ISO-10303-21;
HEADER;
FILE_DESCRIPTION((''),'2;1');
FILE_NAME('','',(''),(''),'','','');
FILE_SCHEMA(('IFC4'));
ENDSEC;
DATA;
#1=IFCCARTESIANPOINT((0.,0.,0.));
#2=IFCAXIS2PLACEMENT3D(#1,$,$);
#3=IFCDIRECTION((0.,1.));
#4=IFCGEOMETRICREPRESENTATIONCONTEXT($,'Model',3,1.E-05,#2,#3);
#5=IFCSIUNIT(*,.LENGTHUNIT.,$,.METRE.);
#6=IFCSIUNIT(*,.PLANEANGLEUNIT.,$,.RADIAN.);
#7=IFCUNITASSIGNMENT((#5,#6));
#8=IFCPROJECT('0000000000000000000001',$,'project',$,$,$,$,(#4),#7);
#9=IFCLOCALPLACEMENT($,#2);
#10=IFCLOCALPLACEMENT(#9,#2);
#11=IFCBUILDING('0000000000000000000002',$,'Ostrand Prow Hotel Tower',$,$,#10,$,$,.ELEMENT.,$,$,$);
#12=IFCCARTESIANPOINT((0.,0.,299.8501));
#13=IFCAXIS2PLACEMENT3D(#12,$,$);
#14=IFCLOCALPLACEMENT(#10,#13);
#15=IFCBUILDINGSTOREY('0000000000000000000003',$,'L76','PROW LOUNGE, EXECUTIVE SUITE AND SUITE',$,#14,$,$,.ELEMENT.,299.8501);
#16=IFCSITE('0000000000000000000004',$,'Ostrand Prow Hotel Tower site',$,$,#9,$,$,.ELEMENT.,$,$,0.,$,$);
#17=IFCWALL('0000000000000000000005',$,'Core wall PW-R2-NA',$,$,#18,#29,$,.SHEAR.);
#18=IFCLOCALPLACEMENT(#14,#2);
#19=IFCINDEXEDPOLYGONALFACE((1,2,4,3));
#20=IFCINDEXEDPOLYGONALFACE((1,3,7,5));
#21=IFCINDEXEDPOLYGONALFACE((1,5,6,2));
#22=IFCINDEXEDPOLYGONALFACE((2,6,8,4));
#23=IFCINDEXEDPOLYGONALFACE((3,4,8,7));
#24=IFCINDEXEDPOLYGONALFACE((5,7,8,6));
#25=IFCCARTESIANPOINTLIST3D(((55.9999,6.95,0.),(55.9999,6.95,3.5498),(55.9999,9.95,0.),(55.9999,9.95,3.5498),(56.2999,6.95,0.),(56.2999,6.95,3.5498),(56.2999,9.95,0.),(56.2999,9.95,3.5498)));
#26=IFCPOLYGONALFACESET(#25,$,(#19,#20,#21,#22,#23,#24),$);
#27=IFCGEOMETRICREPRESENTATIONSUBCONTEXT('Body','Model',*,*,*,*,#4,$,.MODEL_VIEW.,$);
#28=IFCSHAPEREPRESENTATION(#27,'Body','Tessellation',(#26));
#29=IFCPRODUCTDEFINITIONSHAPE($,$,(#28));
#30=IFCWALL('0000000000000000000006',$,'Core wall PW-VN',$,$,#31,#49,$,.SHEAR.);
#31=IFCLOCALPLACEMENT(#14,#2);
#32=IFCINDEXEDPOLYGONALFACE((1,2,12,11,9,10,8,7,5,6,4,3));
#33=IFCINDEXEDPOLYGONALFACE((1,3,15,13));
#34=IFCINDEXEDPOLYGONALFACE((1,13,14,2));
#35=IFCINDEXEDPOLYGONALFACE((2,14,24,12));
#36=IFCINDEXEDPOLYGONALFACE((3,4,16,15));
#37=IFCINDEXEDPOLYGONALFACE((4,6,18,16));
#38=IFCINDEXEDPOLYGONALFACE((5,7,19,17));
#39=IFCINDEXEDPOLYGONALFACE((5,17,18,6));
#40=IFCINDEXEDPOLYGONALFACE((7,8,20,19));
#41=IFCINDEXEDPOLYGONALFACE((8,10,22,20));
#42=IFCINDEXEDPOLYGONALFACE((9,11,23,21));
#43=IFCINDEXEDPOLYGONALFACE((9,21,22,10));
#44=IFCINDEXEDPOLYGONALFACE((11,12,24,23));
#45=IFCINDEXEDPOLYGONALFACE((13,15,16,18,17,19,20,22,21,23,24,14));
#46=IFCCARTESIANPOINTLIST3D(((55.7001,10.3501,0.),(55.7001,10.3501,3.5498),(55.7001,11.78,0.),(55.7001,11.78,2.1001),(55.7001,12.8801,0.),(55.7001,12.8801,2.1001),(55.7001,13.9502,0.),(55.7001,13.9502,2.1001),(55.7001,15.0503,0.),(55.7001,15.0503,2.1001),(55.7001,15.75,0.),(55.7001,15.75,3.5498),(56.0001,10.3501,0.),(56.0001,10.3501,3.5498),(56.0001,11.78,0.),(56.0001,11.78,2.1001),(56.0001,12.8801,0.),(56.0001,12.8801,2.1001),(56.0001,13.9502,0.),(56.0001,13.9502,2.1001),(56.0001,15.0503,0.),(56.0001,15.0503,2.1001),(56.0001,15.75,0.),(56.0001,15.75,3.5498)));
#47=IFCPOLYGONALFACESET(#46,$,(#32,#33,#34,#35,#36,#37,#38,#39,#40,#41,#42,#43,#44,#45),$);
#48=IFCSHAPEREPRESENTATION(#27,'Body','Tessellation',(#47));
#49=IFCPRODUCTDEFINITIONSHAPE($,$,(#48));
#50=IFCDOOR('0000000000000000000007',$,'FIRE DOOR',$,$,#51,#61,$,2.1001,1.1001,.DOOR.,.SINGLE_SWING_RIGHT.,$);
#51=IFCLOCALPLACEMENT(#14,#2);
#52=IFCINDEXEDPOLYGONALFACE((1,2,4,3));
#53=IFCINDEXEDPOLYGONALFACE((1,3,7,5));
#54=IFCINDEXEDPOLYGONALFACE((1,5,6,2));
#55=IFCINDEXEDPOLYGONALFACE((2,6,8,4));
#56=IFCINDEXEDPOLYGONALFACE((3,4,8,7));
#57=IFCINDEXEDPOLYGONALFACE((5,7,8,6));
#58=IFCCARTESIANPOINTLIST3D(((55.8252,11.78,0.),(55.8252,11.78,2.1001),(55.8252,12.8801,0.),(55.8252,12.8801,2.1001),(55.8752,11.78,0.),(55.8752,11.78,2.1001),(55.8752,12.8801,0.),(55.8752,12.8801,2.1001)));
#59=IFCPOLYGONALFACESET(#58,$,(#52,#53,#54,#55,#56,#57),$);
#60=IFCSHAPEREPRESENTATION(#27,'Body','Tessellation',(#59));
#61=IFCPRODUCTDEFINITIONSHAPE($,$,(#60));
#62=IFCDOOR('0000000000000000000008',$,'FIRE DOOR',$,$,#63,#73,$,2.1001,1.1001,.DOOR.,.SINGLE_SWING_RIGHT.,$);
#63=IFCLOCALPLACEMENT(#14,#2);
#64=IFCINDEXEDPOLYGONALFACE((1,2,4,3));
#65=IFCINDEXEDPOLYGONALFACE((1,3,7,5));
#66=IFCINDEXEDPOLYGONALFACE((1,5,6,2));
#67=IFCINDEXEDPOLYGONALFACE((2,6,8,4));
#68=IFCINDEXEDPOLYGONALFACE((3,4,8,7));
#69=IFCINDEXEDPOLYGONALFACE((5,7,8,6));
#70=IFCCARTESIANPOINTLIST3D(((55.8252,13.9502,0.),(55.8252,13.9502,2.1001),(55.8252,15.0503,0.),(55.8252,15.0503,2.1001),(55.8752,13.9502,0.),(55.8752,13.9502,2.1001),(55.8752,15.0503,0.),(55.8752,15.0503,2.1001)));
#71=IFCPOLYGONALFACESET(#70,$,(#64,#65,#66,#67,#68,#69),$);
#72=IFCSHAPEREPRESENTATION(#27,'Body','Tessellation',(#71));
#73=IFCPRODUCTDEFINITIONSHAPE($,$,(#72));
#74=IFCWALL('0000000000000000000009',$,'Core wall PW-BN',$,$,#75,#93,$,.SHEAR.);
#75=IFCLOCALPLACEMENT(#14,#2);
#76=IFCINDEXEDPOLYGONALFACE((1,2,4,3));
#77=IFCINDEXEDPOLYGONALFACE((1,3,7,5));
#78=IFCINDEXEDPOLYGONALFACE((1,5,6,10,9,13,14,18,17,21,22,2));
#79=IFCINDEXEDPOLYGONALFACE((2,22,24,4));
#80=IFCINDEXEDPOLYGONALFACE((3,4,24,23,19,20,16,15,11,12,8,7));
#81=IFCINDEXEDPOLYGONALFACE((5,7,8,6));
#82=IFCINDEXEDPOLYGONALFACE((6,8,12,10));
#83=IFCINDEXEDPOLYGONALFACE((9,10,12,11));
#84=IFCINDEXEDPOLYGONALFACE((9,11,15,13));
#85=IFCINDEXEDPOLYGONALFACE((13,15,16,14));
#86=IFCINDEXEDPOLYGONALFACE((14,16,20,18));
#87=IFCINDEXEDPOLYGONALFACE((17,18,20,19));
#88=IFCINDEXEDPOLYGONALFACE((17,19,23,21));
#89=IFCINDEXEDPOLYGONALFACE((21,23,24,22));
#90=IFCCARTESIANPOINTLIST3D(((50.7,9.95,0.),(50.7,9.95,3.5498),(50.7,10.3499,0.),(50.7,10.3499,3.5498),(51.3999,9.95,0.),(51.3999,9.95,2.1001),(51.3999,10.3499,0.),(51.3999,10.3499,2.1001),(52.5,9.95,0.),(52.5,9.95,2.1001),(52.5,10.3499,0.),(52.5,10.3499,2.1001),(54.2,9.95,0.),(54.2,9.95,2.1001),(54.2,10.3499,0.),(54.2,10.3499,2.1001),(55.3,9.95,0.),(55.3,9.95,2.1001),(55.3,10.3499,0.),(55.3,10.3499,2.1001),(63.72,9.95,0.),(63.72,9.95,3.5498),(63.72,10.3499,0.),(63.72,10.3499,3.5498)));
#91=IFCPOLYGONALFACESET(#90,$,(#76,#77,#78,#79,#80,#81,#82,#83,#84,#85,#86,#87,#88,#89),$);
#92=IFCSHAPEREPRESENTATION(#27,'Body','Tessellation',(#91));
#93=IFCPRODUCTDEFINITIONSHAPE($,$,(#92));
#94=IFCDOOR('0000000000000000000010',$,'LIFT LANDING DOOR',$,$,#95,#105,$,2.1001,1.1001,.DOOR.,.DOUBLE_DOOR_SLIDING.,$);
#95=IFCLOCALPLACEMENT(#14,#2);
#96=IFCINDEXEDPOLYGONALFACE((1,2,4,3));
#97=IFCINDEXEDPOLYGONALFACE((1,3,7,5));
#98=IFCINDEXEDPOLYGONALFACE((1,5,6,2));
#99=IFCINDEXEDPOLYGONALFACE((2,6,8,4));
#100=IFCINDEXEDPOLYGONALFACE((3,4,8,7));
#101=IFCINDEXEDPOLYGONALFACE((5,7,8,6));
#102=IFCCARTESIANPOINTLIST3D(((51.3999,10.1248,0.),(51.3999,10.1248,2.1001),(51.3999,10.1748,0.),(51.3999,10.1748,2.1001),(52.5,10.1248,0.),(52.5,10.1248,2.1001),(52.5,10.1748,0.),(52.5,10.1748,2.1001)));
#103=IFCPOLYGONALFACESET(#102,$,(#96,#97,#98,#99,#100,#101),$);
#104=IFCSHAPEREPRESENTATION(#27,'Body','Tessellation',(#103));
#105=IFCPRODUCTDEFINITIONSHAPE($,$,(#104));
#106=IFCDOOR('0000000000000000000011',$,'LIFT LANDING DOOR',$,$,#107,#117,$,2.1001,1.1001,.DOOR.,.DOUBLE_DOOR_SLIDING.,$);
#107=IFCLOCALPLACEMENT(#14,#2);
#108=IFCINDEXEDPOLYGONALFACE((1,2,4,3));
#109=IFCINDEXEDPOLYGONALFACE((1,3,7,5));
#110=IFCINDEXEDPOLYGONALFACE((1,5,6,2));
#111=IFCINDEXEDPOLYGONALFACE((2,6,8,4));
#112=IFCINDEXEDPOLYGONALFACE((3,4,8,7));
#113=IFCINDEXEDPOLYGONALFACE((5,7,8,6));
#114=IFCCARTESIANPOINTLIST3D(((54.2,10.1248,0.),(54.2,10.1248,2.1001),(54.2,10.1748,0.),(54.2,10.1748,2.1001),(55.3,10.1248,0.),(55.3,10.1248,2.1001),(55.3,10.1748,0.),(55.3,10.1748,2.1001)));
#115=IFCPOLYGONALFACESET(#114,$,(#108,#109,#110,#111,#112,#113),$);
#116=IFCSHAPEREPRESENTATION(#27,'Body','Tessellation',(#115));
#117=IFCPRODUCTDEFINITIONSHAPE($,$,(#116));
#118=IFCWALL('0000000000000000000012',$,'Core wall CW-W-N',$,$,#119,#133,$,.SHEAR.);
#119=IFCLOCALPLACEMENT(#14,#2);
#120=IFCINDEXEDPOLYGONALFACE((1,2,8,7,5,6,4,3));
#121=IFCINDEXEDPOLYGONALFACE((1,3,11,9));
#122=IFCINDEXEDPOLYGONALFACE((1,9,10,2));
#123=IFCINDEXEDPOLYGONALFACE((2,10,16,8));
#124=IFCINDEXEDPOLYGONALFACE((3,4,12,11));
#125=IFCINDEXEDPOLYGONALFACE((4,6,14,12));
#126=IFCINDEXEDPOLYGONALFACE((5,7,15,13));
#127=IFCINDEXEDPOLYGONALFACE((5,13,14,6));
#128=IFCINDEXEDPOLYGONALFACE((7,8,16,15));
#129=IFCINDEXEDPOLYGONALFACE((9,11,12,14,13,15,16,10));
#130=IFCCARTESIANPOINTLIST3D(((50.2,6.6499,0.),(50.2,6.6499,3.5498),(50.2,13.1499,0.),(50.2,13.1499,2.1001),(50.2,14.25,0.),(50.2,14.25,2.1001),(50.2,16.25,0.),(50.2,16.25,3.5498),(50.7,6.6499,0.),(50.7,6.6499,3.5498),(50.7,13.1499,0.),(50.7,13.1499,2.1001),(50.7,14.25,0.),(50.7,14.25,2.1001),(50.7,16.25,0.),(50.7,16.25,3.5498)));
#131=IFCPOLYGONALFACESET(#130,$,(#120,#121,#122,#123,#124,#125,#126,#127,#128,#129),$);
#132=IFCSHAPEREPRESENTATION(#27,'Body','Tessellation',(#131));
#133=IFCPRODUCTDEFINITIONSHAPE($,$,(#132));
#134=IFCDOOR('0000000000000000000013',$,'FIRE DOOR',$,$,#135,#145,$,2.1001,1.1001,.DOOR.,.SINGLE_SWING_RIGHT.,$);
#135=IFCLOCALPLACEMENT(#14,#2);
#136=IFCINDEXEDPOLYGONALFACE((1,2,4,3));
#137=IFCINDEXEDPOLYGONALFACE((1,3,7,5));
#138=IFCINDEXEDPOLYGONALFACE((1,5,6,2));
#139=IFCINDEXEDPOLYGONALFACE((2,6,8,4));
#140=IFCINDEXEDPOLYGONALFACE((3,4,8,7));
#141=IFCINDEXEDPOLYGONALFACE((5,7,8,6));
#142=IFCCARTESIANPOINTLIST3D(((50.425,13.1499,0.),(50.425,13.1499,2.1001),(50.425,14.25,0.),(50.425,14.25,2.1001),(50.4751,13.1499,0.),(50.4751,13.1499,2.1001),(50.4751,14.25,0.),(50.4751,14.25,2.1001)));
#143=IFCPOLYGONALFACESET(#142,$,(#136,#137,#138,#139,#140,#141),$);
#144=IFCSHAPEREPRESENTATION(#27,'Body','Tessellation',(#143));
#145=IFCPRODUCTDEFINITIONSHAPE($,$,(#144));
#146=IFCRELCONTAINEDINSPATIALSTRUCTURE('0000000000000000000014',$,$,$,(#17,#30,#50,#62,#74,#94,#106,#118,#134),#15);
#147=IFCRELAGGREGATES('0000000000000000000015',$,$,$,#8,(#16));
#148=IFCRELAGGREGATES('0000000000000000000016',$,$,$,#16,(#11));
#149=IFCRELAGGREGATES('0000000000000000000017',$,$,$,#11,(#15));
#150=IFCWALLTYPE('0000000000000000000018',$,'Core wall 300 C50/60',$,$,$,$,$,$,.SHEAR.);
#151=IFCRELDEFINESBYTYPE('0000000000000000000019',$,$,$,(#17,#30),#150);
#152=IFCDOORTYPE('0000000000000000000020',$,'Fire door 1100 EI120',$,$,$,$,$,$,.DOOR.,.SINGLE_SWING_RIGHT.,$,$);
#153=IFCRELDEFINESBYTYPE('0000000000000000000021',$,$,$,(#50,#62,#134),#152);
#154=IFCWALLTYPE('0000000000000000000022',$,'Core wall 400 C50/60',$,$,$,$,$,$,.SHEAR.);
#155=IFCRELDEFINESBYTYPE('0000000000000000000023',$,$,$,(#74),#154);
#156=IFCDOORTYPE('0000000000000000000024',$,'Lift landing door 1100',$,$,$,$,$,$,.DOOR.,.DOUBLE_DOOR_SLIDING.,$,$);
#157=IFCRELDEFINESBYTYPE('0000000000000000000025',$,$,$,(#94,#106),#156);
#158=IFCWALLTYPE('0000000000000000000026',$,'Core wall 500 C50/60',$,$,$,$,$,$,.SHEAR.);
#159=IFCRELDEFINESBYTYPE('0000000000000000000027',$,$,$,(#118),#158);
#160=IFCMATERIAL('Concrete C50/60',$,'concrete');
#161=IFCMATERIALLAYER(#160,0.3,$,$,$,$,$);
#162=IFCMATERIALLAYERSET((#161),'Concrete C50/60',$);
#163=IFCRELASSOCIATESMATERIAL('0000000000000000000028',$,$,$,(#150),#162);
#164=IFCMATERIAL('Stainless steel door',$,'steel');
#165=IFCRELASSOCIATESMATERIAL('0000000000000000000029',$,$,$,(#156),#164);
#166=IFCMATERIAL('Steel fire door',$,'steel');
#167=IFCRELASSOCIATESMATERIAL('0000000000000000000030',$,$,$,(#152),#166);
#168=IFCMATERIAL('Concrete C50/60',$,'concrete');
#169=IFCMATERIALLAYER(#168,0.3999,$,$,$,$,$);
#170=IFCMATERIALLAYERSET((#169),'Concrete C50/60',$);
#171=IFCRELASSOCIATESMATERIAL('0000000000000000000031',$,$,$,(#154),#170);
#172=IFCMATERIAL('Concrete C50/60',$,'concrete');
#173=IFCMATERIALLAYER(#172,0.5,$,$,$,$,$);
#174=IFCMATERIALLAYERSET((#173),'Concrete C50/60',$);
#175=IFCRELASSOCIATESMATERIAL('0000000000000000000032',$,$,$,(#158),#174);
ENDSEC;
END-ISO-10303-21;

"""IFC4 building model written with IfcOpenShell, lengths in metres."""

from ifc_helpers import new_model, si_unit, direction, frame, frame_2d, origin, place, context, subcontext, project, spatial, rectangle, extrude, material, layer, layer_set, type_object, element, fill, save


model = new_model("IFC4")

# Units and contexts
model_context = context("Model", 3, precision=1e-05, world=origin(), true_north=direction((0.0, 1.0)))
body_context = subcontext(model_context, "Body", "Model", "MODEL_VIEW")
ifc_project = project(units=[si_unit("LENGTHUNIT", "METRE"), si_unit("PLANEANGLEUNIT", "RADIAN")], contexts=[model_context])

# Site, building, storey
site_placement = place(None, origin())
site = spatial("IfcSite", under=ifc_project, at=site_placement, Name="Ostrand Prow Hotel Tower site", CompositionType="ELEMENT", RefElevation=0.0)
building_placement = place(site_placement, origin())
building = spatial("IfcBuilding", under=site, at=building_placement, Name="Ostrand Prow Hotel Tower", CompositionType="ELEMENT")
storey_placement = place(building_placement, frame((0.0, 0.0, 299.8501)))
storey = spatial("IfcBuildingStorey", under=building, at=storey_placement, Name="L76", Description="PROW LOUNGE, EXECUTIVE SUITE AND SUITE", CompositionType="ELEMENT", Elevation=299.8501)

# Shared definitions
ifc_material_1 = material(Name="Concrete C50/60", Category="concrete")
ifc_layer_1 = layer(ifc_material_1, 0.3)
ifc_layer_set_1 = layer_set([ifc_layer_1], Name="Concrete C50/60")
wall_type_1 = type_object("IfcWallType", Name="Core wall 300 C50/60", PredefinedType="SHEAR", material=ifc_layer_set_1)
ifc_material_2 = material(Name="Stainless steel door", Category="steel")
door_type_1 = type_object("IfcDoorType", Name="Lift landing door 1100", OperationType="DOUBLE_DOOR_SLIDING", PredefinedType="DOOR", material=ifc_material_2)

# Wall
for number, where, z_axis, x_axis, name in (
    (1, (56.1499, 6.95, 0.0), (0.0, 0.0, 1.0), (0.0, 1.0, 0.0), "Core wall PW-R2-NA"),
):
    element("IfcWall", number, at=place(storey_placement, frame(where, z_axis=z_axis, x_axis=x_axis)), inside=storey, type_object=wall_type_1, Name=name, PredefinedType="SHEAR", context=body_context, shape_type="SweptSolid", body=[
        extrude(rectangle(XDim=3.0, YDim=0.3, at=frame_2d((1.5, 0.0))), origin(), (0.0, 0.0, 1.0), 3.5498),
    ])

# Walls, openings, doors
wall_1_placement = place(storey_placement, frame((55.8501, 10.3501, 0.0), z_axis=(0.0, 0.0, 1.0), x_axis=(0.0, 1.0, 0.0)))
wall_1 = element("IfcWall", 2, at=wall_1_placement, inside=storey, type_object=wall_type_1, Name="Core wall PW-VN", PredefinedType="SHEAR", context=body_context, shape_type="SweptSolid", body=[
    extrude(rectangle(XDim=5.3999, YDim=0.3, at=frame_2d((2.7, 0.0))), origin(), (0.0, 0.0, 1.0), 3.5498),
])
opening_1_placement = place(wall_1_placement, frame((1.4299, 0.0, 0.0)))
opening_1 = element("IfcOpeningElement", 3, at=opening_1_placement, cuts=wall_1, PredefinedType="OPENING", context=body_context, shape_type="SweptSolid", body=[
    extrude(rectangle(XDim=1.1001, YDim=2.1001, at=frame_2d((0.55, 1.05))), frame((0.0, 0.1599, 0.0), z_axis=(0.0, -1.0, 0.0), x_axis=(1.0, 0.0, 0.0)), (0.0, 0.0, 1.0), 0.3201),
])
opening_2_placement = place(wall_1_placement, frame((3.6001, 0.0, 0.0)))
opening_2 = element("IfcOpeningElement", 4, at=opening_2_placement, cuts=wall_1, PredefinedType="OPENING", context=body_context, shape_type="SweptSolid", body=[
    extrude(rectangle(XDim=1.1001, YDim=2.1001, at=frame_2d((0.55, 1.05))), frame((0.0, 0.1599, 0.0), z_axis=(0.0, -1.0, 0.0), x_axis=(1.0, 0.0, 0.0)), (0.0, 0.0, 1.0), 0.3201),
])
ifc_material_3 = material(Name="Steel fire door", Category="steel")
door_type_2 = type_object("IfcDoorType", Name="Fire door 1100 EI120", OperationType="SINGLE_SWING_RIGHT", PredefinedType="DOOR", material=ifc_material_3)
door_1_placement = place(opening_1_placement, origin())
door_1 = element("IfcDoor", 5, at=door_1_placement, inside=storey, type_object=door_type_2, Name="FIRE DOOR", OperationType="SINGLE_SWING_RIGHT", OverallHeight=2.1001, OverallWidth=1.1001, PredefinedType="DOOR", context=body_context, shape_type="SweptSolid", body=[
    extrude(rectangle(XDim=1.1001, YDim=2.1001, at=frame_2d((0.55, 1.05))), frame((0.0, 0.0249, 0.0), z_axis=(0.0, -1.0, 0.0), x_axis=(1.0, 0.0, 0.0)), (0.0, 0.0, 1.0), 0.05),
])
fill(opening_1, door_1)
door_2_placement = place(opening_2_placement, origin())
door_2 = element("IfcDoor", 6, at=door_2_placement, inside=storey, type_object=door_type_2, Name="FIRE DOOR", OperationType="SINGLE_SWING_RIGHT", OverallHeight=2.1001, OverallWidth=1.1001, PredefinedType="DOOR", context=body_context, shape_type="SweptSolid", body=[
    extrude(rectangle(XDim=1.1001, YDim=2.1001, at=frame_2d((0.55, 1.05))), frame((0.0, 0.0249, 0.0), z_axis=(0.0, -1.0, 0.0), x_axis=(1.0, 0.0, 0.0)), (0.0, 0.0, 1.0), 0.05),
])
fill(opening_2, door_2)
ifc_material_4 = material(Name="Concrete C50/60", Category="concrete")
ifc_layer_2 = layer(ifc_material_4, 0.3999)
ifc_layer_set_2 = layer_set([ifc_layer_2], Name="Concrete C50/60")
wall_type_2 = type_object("IfcWallType", Name="Core wall 400 C50/60", PredefinedType="SHEAR", material=ifc_layer_set_2)
wall_2_placement = place(storey_placement, frame((50.7, 10.1499, 0.0), z_axis=(0.0, 0.0, 1.0), x_axis=(1.0, 0.0, 0.0)))
wall_2 = element("IfcWall", 7, at=wall_2_placement, inside=storey, type_object=wall_type_2, Name="Core wall PW-BN", PredefinedType="SHEAR", context=body_context, shape_type="SweptSolid", body=[
    extrude(rectangle(XDim=13.02, YDim=0.3999, at=frame_2d((6.51, 0.0))), origin(), (0.0, 0.0, 1.0), 3.5498),
])
opening_3_placement = place(wall_2_placement, frame((0.7, 0.0, 0.0)))
opening_3 = element("IfcOpeningElement", 8, at=opening_3_placement, cuts=wall_2, PredefinedType="OPENING", context=body_context, shape_type="SweptSolid", body=[
    extrude(rectangle(XDim=1.1001, YDim=2.1001, at=frame_2d((0.55, 1.05))), frame((0.0, 0.21, 0.0), z_axis=(0.0, -1.0, 0.0), x_axis=(1.0, 0.0, 0.0)), (0.0, 0.0, 1.0), 0.4199),
])
opening_4_placement = place(wall_2_placement, frame((3.5, 0.0, 0.0)))
opening_4 = element("IfcOpeningElement", 9, at=opening_4_placement, cuts=wall_2, PredefinedType="OPENING", context=body_context, shape_type="SweptSolid", body=[
    extrude(rectangle(XDim=1.1001, YDim=2.1001, at=frame_2d((0.55, 1.05))), frame((0.0, 0.21, 0.0), z_axis=(0.0, -1.0, 0.0), x_axis=(1.0, 0.0, 0.0)), (0.0, 0.0, 1.0), 0.4199),
])
door_3_placement = place(opening_3_placement, origin())
door_3 = element("IfcDoor", 10, at=door_3_placement, inside=storey, type_object=door_type_1, Name="LIFT LANDING DOOR", OperationType="DOUBLE_DOOR_SLIDING", OverallHeight=2.1001, OverallWidth=1.1001, PredefinedType="DOOR", context=body_context, shape_type="SweptSolid", body=[
    extrude(rectangle(XDim=1.1001, YDim=2.1001, at=frame_2d((0.55, 1.05))), frame((0.0, 0.0249, 0.0), z_axis=(0.0, -1.0, 0.0), x_axis=(1.0, 0.0, 0.0)), (0.0, 0.0, 1.0), 0.05),
])
fill(opening_3, door_3)
door_4_placement = place(opening_4_placement, origin())
door_4 = element("IfcDoor", 11, at=door_4_placement, inside=storey, type_object=door_type_1, Name="LIFT LANDING DOOR", OperationType="DOUBLE_DOOR_SLIDING", OverallHeight=2.1001, OverallWidth=1.1001, PredefinedType="DOOR", context=body_context, shape_type="SweptSolid", body=[
    extrude(rectangle(XDim=1.1001, YDim=2.1001, at=frame_2d((0.55, 1.05))), frame((0.0, 0.0249, 0.0), z_axis=(0.0, -1.0, 0.0), x_axis=(1.0, 0.0, 0.0)), (0.0, 0.0, 1.0), 0.05),
])
fill(opening_4, door_4)

# Wall, opening, door
ifc_material_5 = material(Name="Concrete C50/60", Category="concrete")
ifc_layer_3 = layer(ifc_material_5, 0.5)
ifc_layer_set_3 = layer_set([ifc_layer_3], Name="Concrete C50/60")
wall_type_3 = type_object("IfcWallType", Name="Core wall 500 C50/60", PredefinedType="SHEAR", material=ifc_layer_set_3)
wall_3_placement = place(storey_placement, frame((50.45, 6.6499, 0.0), z_axis=(0.0, 0.0, 1.0), x_axis=(0.0, 1.0, 0.0)))
wall_3 = element("IfcWall", 12, at=wall_3_placement, inside=storey, type_object=wall_type_3, Name="Core wall CW-W-N", PredefinedType="SHEAR", context=body_context, shape_type="SweptSolid", body=[
    extrude(rectangle(XDim=9.6001, YDim=0.5, at=frame_2d((4.8, 0.0))), origin(), (0.0, 0.0, 1.0), 3.5498),
])
opening_5_placement = place(wall_3_placement, frame((6.5, 0.0, 0.0)))
opening_5 = element("IfcOpeningElement", 13, at=opening_5_placement, cuts=wall_3, PredefinedType="OPENING", context=body_context, shape_type="SweptSolid", body=[
    extrude(rectangle(XDim=1.1001, YDim=2.1001, at=frame_2d((0.55, 1.05))), frame((0.0, 0.26, 0.0), z_axis=(0.0, -1.0, 0.0), x_axis=(1.0, 0.0, 0.0)), (0.0, 0.0, 1.0), 0.52),
])
door_5_placement = place(opening_5_placement, origin())
door_5 = element("IfcDoor", 14, at=door_5_placement, inside=storey, type_object=door_type_2, Name="FIRE DOOR", OperationType="SINGLE_SWING_RIGHT", OverallHeight=2.1001, OverallWidth=1.1001, PredefinedType="DOOR", context=body_context, shape_type="SweptSolid", body=[
    extrude(rectangle(XDim=1.1001, YDim=2.1001, at=frame_2d((0.55, 1.05))), frame((0.0, 0.0249, 0.0), z_axis=(0.0, -1.0, 0.0), x_axis=(1.0, 0.0, 0.0)), (0.0, 0.0, 1.0), 0.05),
])
fill(opening_5, door_5)

save(model, "model.ifc")
